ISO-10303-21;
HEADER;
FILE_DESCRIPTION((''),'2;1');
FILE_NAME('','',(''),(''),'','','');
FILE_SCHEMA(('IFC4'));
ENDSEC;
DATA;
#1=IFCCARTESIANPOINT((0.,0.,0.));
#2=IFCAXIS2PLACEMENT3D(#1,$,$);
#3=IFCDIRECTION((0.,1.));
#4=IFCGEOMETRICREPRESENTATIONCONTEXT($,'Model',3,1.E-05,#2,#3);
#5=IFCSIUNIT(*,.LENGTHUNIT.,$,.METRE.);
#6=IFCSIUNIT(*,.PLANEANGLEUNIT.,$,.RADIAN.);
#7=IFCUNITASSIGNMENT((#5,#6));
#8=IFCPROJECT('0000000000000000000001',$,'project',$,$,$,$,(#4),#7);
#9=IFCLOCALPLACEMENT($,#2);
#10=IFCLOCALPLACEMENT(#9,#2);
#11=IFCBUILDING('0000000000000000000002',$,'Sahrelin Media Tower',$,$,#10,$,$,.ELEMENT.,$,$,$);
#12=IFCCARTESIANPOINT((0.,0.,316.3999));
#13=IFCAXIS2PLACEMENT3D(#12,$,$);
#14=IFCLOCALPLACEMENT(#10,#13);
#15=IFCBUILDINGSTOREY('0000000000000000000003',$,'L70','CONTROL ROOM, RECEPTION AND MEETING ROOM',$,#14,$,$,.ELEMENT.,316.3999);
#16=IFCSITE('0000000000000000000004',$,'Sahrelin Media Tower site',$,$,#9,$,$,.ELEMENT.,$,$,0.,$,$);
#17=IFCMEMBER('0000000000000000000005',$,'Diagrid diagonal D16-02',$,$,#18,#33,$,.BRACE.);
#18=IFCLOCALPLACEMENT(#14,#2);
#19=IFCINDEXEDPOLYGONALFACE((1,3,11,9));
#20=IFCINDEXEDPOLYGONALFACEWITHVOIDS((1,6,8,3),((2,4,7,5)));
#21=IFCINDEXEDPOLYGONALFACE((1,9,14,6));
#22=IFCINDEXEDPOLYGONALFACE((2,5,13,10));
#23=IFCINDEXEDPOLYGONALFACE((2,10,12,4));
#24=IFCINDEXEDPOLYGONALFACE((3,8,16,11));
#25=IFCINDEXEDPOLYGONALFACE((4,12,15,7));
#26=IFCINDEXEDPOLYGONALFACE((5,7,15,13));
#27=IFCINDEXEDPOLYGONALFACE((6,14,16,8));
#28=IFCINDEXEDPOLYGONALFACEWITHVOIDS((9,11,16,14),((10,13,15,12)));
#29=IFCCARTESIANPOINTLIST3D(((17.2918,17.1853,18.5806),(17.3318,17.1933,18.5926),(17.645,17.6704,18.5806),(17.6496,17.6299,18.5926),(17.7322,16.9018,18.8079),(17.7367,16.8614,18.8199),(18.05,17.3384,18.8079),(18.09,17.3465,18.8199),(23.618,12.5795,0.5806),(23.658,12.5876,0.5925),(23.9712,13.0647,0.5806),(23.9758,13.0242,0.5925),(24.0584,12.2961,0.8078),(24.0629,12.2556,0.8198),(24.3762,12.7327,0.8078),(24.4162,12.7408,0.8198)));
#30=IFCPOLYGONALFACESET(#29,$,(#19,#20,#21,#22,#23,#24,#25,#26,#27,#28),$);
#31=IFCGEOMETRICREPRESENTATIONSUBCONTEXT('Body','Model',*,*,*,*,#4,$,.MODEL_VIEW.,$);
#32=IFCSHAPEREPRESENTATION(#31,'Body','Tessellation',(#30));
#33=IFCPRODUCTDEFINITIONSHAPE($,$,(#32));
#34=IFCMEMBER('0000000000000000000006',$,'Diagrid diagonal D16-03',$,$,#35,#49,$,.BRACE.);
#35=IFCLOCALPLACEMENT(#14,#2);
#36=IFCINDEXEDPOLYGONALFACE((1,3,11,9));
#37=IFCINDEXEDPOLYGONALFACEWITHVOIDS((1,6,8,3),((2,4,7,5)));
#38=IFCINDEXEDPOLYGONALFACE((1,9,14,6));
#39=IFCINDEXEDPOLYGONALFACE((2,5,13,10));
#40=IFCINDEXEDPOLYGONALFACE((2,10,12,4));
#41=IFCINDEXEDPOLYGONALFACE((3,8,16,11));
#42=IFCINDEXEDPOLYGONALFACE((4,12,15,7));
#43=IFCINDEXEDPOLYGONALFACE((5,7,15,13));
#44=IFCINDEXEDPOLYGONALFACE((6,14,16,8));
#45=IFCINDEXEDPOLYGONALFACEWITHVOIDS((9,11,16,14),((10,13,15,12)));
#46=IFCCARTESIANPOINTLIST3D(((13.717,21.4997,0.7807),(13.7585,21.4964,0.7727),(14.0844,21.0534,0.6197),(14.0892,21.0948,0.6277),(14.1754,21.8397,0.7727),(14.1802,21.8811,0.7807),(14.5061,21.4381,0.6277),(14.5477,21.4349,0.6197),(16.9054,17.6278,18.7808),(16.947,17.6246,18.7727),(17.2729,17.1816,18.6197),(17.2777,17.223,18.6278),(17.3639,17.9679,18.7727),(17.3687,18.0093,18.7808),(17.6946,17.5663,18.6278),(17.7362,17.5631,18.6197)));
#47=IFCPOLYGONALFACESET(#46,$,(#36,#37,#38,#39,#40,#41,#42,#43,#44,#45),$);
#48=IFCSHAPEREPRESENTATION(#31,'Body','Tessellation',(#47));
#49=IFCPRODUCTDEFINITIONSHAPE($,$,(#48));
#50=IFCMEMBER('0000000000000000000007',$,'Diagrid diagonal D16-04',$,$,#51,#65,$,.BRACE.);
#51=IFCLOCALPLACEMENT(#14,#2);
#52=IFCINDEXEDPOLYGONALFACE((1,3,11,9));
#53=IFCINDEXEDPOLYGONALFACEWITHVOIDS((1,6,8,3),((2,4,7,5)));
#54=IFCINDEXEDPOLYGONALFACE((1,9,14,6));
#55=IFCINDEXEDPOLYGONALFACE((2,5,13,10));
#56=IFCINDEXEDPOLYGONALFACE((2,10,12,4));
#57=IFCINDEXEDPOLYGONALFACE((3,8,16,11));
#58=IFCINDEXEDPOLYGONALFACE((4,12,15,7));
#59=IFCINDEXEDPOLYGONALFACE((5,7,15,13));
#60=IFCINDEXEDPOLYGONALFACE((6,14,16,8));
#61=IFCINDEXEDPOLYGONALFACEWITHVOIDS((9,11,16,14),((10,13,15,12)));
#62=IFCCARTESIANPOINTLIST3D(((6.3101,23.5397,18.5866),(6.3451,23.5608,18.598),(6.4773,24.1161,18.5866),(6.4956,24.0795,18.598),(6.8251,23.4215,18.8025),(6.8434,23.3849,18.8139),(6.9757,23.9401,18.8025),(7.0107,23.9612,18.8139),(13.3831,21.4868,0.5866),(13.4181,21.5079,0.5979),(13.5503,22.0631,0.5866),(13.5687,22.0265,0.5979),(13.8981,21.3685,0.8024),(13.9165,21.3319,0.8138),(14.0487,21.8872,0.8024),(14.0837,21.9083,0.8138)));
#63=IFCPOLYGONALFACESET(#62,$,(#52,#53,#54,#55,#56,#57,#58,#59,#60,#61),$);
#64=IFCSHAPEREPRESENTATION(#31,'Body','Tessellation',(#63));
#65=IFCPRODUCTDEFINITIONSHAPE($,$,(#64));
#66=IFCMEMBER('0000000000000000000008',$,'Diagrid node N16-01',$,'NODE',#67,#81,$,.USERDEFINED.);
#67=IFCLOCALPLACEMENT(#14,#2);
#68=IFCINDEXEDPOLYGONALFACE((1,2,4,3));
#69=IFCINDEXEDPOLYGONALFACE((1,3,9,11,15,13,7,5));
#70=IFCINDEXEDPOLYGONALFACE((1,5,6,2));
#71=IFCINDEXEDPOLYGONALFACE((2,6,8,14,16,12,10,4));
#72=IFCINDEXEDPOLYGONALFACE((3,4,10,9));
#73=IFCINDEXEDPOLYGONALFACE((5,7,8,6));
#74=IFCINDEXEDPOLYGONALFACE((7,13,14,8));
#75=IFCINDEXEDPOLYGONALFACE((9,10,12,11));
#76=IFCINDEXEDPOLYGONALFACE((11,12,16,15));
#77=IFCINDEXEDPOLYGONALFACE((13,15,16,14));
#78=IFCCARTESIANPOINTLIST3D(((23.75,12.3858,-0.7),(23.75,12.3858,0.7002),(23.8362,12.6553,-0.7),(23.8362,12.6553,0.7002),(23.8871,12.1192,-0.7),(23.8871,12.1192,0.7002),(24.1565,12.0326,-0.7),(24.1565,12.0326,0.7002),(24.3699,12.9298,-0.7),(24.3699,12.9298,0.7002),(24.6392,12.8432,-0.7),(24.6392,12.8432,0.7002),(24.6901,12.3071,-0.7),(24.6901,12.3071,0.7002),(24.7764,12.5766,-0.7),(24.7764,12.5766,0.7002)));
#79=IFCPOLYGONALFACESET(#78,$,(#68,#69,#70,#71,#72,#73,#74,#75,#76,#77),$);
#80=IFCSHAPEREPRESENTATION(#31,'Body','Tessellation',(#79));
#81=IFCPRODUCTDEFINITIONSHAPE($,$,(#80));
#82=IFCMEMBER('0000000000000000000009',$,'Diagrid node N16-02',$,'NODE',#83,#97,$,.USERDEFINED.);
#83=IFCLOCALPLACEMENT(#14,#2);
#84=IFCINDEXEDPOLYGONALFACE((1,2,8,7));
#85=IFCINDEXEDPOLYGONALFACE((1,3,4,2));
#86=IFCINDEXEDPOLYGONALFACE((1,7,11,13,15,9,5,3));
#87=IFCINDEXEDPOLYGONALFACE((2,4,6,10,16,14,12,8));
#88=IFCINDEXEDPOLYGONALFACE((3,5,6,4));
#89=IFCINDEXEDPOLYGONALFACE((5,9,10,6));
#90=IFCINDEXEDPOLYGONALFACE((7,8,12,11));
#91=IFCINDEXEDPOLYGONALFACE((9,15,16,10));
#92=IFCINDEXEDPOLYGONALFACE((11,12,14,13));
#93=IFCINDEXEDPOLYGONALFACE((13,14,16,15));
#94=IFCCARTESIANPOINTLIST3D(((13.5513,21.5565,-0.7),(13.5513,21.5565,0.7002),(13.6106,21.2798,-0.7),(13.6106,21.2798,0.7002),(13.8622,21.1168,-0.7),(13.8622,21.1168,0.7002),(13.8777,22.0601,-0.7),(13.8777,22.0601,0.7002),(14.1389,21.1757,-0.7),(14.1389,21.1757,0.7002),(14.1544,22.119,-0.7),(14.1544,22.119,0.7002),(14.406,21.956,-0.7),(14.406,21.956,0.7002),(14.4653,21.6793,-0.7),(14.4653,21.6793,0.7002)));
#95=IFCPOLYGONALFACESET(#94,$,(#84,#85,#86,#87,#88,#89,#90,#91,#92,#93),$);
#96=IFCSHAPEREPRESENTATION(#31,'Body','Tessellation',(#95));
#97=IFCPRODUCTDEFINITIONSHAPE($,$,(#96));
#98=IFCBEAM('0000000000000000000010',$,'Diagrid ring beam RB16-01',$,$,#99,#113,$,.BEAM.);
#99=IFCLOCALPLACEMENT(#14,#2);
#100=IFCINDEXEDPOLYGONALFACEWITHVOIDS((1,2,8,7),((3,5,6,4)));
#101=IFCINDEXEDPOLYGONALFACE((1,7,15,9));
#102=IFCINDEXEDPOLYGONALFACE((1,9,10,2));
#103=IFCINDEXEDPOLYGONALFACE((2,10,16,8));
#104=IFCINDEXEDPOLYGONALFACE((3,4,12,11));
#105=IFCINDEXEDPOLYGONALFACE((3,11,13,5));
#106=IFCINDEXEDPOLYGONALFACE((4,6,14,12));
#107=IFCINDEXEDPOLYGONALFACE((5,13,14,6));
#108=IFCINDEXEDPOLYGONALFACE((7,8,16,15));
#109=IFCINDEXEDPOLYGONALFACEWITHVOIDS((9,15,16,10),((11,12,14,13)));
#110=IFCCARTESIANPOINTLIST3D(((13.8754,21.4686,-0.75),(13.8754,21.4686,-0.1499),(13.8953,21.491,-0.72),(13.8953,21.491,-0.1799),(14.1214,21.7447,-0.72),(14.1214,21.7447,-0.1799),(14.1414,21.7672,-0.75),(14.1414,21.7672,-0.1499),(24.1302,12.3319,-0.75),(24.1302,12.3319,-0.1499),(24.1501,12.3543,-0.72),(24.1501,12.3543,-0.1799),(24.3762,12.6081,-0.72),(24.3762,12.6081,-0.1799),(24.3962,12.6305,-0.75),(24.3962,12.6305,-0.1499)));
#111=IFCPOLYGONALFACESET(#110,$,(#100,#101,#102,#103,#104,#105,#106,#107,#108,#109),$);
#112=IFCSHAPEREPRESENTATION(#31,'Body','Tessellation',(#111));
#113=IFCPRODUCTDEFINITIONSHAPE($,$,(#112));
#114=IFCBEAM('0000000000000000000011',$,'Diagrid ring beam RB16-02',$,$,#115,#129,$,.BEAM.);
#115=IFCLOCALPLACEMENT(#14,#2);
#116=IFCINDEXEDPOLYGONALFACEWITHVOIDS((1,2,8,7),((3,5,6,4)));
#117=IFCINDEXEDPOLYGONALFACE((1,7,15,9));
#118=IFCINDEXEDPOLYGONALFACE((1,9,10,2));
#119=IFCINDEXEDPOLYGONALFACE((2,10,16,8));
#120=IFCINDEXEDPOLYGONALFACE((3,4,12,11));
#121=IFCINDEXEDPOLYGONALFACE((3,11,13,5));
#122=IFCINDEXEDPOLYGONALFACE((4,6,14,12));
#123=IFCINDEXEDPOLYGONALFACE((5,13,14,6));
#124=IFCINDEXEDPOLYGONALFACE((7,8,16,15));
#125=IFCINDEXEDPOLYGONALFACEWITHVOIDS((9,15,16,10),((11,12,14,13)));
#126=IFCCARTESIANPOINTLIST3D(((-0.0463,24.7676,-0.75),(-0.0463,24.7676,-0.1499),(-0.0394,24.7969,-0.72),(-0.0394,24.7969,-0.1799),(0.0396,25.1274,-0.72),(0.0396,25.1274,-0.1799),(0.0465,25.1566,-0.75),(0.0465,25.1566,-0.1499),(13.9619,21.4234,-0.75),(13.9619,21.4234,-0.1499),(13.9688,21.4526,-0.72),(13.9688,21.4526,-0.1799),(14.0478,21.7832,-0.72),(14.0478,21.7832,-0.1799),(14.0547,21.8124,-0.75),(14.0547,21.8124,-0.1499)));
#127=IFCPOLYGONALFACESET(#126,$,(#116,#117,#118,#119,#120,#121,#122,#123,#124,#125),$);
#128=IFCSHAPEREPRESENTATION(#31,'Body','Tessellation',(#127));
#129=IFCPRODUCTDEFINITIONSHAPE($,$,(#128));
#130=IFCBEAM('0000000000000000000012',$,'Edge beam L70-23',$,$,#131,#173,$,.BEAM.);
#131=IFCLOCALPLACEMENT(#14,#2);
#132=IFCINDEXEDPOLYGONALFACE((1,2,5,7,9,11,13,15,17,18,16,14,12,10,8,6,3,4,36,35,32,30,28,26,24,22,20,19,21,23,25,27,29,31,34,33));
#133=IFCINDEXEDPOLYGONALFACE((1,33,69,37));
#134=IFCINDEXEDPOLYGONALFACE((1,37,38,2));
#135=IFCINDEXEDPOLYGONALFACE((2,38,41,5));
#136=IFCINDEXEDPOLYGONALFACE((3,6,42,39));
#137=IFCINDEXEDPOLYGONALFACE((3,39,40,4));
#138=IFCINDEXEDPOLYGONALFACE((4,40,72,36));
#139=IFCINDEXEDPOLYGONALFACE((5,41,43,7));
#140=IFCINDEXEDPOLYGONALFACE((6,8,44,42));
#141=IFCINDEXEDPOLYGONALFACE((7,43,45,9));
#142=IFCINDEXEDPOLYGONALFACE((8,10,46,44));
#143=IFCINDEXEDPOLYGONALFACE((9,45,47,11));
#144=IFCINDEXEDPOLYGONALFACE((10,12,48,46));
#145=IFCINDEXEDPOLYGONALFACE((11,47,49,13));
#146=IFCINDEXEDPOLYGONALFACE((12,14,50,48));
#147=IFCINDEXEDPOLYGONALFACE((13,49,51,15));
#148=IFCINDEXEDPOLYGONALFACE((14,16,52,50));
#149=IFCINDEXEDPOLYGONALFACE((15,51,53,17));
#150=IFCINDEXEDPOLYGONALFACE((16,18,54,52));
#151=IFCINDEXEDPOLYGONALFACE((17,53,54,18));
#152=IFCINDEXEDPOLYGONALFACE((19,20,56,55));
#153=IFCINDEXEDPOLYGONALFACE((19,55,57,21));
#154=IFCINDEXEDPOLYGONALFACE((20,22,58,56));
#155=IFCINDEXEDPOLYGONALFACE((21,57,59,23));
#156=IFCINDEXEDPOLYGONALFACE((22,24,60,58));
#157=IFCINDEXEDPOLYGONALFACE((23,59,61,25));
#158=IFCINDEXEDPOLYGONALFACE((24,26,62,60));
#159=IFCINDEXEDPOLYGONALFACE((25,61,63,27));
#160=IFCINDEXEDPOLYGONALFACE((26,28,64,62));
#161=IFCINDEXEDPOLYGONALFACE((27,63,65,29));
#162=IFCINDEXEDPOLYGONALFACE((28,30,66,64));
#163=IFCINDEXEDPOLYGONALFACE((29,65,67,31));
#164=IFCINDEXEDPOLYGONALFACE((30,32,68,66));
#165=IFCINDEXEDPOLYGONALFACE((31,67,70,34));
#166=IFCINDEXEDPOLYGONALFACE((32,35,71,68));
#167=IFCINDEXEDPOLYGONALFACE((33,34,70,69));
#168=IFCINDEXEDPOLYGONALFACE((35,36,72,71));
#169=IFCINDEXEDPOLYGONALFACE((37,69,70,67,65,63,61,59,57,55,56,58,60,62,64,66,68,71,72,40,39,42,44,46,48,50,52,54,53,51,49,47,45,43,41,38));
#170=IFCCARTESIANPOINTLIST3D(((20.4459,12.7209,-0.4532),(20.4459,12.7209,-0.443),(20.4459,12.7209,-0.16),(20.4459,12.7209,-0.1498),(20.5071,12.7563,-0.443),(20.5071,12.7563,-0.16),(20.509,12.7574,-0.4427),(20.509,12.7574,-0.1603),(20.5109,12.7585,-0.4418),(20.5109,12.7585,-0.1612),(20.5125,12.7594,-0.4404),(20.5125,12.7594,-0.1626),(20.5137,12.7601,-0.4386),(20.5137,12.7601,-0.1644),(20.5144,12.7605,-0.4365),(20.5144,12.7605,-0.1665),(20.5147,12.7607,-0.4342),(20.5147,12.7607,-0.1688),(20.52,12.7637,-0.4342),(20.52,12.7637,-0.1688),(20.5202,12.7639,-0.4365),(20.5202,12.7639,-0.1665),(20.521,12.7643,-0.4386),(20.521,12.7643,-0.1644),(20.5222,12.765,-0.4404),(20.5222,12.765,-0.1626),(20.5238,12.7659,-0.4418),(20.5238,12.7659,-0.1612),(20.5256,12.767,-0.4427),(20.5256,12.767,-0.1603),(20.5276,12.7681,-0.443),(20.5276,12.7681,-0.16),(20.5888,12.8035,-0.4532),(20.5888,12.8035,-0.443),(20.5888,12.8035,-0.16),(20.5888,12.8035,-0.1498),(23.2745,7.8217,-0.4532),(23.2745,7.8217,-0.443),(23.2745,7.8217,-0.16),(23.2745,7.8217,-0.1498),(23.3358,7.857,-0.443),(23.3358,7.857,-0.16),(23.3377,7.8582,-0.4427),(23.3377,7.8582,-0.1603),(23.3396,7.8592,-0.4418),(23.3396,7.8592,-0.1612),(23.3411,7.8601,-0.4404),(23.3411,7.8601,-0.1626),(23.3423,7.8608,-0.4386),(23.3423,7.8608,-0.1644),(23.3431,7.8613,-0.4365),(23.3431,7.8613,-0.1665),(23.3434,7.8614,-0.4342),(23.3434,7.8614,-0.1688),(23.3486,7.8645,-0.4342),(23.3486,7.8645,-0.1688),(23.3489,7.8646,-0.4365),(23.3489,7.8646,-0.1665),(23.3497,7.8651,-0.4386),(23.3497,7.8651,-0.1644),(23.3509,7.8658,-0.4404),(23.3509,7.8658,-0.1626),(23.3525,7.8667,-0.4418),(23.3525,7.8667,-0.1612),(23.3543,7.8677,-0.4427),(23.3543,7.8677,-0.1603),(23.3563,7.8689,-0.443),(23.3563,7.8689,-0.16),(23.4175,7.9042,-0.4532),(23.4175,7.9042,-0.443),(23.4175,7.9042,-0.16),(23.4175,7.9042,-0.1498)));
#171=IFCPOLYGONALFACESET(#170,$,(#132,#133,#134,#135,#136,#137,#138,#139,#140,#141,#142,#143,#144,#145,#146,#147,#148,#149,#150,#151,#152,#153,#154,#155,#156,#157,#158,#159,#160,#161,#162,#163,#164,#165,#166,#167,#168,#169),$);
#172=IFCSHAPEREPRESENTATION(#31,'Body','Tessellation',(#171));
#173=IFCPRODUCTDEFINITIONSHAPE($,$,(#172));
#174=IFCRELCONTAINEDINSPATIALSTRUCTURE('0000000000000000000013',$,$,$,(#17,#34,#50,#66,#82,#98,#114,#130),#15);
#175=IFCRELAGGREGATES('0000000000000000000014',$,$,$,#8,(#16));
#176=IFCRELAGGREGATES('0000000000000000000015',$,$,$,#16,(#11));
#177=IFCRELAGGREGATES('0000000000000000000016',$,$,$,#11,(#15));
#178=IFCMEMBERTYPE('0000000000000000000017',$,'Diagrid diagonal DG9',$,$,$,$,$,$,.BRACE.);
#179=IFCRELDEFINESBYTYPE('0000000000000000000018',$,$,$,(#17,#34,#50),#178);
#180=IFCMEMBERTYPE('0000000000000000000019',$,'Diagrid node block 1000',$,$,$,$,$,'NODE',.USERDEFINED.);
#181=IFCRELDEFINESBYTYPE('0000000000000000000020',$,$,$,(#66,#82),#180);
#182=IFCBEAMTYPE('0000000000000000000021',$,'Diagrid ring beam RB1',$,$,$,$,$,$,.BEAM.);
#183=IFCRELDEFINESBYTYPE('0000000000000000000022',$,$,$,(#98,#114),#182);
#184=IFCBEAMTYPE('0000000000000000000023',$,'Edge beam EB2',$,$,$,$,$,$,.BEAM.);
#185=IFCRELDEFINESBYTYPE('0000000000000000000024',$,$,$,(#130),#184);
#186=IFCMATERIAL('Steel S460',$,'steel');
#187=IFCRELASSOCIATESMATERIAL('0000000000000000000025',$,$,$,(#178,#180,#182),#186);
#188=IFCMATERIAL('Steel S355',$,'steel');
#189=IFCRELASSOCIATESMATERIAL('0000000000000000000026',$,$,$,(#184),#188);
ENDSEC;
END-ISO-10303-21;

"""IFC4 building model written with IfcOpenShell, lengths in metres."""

from ifc_helpers import new_model, si_unit, direction, frame, origin, origin_2d, place, context, subcontext, project, spatial, polyline, hollow_rectangle, i_section, outline, extrude, material, material_profile, profile_set, type_object, element, save


model = new_model("IFC4")

# Units and contexts
model_context = context("Model", 3, precision=1e-05, world=origin(), true_north=direction((0.0, 1.0)))
body_context = subcontext(model_context, "Body", "Model", "MODEL_VIEW")
ifc_project = project(units=[si_unit("LENGTHUNIT", "METRE"), si_unit("PLANEANGLEUNIT", "RADIAN")], contexts=[model_context])

# Site, building, storey
site_placement = place(None, origin())
site = spatial("IfcSite", under=ifc_project, at=site_placement, Name="Sahrelin Media Tower site", CompositionType="ELEMENT", RefElevation=0.0)
building_placement = place(site_placement, origin())
building = spatial("IfcBuilding", under=site, at=building_placement, Name="Sahrelin Media Tower", CompositionType="ELEMENT")
storey_placement = place(building_placement, frame((0.0, 0.0, 316.3999)))
storey = spatial("IfcBuildingStorey", under=building, at=storey_placement, Name="L70", Description="CONTROL ROOM, RECEPTION AND MEETING ROOM", CompositionType="ELEMENT", Elevation=316.3999)

# Members
ifc_material_1 = material(Name="Steel S460", Category="steel")
ifc_material_profile_1 = material_profile(ifc_material_1, hollow_rectangle(XDim=0.6001, YDim=0.6001, WallThickness=0.03, at=origin_2d()), Name="Diagrid diagonal DG9")
ifc_profile_set_1 = profile_set([ifc_material_profile_1], Name="Steel S460")
member_type_1 = type_object("IfcMemberType", Name="Diagrid diagonal DG9", PredefinedType="BRACE", material=ifc_profile_set_1)
member_1_placement = place(storey_placement, frame((24.0171, 12.6602, 0.7002), z_axis=(-0.322314, 0.234658, 0.917087), x_axis=(-0.588578, -0.808441, 0.0)))
element("IfcMember", 1, at=member_1_placement, inside=storey, type_object=member_type_1, Name="Diagrid diagonal D16-02", PredefinedType="BRACE", context=body_context, shape_type="SweptSolid", body=[
    extrude(hollow_rectangle(XDim=0.6001, YDim=0.6001, WallThickness=0.03, at=origin_2d()), origin(), (0.0, 0.0, 1.0), 19.6274),
])
member_2_placement = place(storey_placement, frame((14.1323, 21.4673, 0.7002), z_axis=(0.170637, -0.207207, 0.963301), x_axis=(0.771939, 0.635697, 0.0)))
element("IfcMember", 2, at=member_2_placement, inside=storey, type_object=member_type_1, Name="Diagrid diagonal D16-03", PredefinedType="BRACE", context=body_context, shape_type="SweptSolid", body=[
    extrude(hollow_rectangle(XDim=0.6001, YDim=0.6001, WallThickness=0.03, at=origin_2d()), origin(), (0.0, 0.0, 1.0), 18.6858),
])
member_3_placement = place(storey_placement, frame((13.7334, 21.6975, 0.7002), z_axis=(-0.363679, 0.10556, 0.925524), x_axis=(-0.278751, -0.960363, 0.0)))
element("IfcMember", 3, at=member_3_placement, inside=storey, type_object=member_type_1, Name="Diagrid diagonal D16-04", PredefinedType="BRACE", context=body_context, shape_type="SweptSolid", body=[
    extrude(hollow_rectangle(XDim=0.6001, YDim=0.6001, WallThickness=0.03, at=origin_2d()), origin(), (0.0, 0.0, 1.0), 19.4485),
])
ifc_material_profile_2 = material_profile(ifc_material_1, outline(polyline([(0.3, -0.3501), (0.5, -0.1499), (0.5, 0.1499), (0.3, 0.3501), (-0.3, 0.3501), (-0.5, 0.1499), (-0.5, -0.1499), (-0.3, -0.3501), (0.3, -0.3501)])), Name="Diagrid node block 1000")
ifc_profile_set_2 = profile_set([ifc_material_profile_2], Name="Steel S460")
member_type_2 = type_object("IfcMemberType", Name="Diagrid node block 1000", ElementType="NODE", PredefinedType="USERDEFINED", material=ifc_profile_set_2)
for number, where, z_axis, x_axis, name in (
    (4, (24.2632, 12.4812, -0.7), (0.0, 0.0, 1.0), (0.889245, 0.457432, 0.0), "Diagrid node N16-01"),
    (5, (14.0083, 21.6179, -0.7), (0.0, 0.0, 1.0), (0.54381, 0.839208, 0.0), "Diagrid node N16-02"),
):
    element("IfcMember", number, at=place(storey_placement, frame(where, z_axis=z_axis, x_axis=x_axis)), inside=storey, type_object=member_type_2, Name=name, ObjectType="NODE", PredefinedType="USERDEFINED", context=body_context, shape_type="SweptSolid", body=[
        extrude(outline(polyline([(0.3, -0.3501), (0.5, -0.1499), (0.5, 0.1499), (0.3, 0.3501), (-0.3, 0.3501), (-0.5, 0.1499), (-0.5, -0.1499), (-0.3, -0.3501), (0.3, -0.3501)])), origin(), (0.0, 0.0, 1.0), 1.4001),
    ])

# Beams
ifc_material_profile_3 = material_profile(ifc_material_1, hollow_rectangle(XDim=0.3999, YDim=0.6001, WallThickness=0.03, at=origin_2d()), Name="Diagrid ring beam RB1")
ifc_profile_set_3 = profile_set([ifc_material_profile_3], Name="Steel S460")
beam_type_1 = type_object("IfcBeamType", Name="Diagrid ring beam RB1", PredefinedType="BEAM", material=ifc_profile_set_3)
beam_1_placement = place(storey_placement, frame((24.2632, 12.4812, -0.45), z_axis=(-0.74664, 0.665228, 0.0), x_axis=(-0.665228, -0.74664, 0.0)))
element("IfcBeam", 6, at=beam_1_placement, inside=storey, type_object=beam_type_1, Name="Diagrid ring beam RB16-01", PredefinedType="BEAM", context=body_context, shape_type="SweptSolid", body=[
    extrude(hollow_rectangle(XDim=0.3999, YDim=0.6001, WallThickness=0.03, at=origin_2d()), origin(), (0.0, 0.0, 1.0), 13.7346),
])
beam_2_placement = place(storey_placement, frame((14.0083, 21.6179, -0.45), z_axis=(-0.972666, 0.232207, 0.0), x_axis=(-0.232207, -0.972666, 0.0)))
element("IfcBeam", 7, at=beam_2_placement, inside=storey, type_object=beam_type_1, Name="Diagrid ring beam RB16-02", PredefinedType="BEAM", context=body_context, shape_type="SweptSolid", body=[
    extrude(hollow_rectangle(XDim=0.3999, YDim=0.6001, WallThickness=0.03, at=origin_2d()), origin(), (0.0, 0.0, 1.0), 14.4019),
])
ifc_material_2 = material(Name="Steel S355", Category="steel")
ifc_material_profile_4 = material_profile(ifc_material_2, i_section(OverallWidth=0.165, OverallDepth=0.3035, WebThickness=0.0061, FlangeThickness=0.0103, FilletRadius=0.0088, at=origin_2d()), Name="UB 305x165x40")
ifc_profile_set_4 = profile_set([ifc_material_profile_4], Name="Steel S355")
beam_type_2 = type_object("IfcBeamType", Name="Edge beam EB2", PredefinedType="BEAM", material=ifc_profile_set_4)
beam_3_placement = place(storey_placement, frame((20.5173, 12.7622, -0.3015), z_axis=(0.50001, -0.86602, 0.0), x_axis=(0.86602, 0.50001, 0.0)))
element("IfcBeam", 8, at=beam_3_placement, inside=storey, type_object=beam_type_2, Name="Edge beam L70-23", PredefinedType="BEAM", context=body_context, shape_type="SweptSolid", body=[
    extrude(i_section(OverallWidth=0.165, OverallDepth=0.3035, WebThickness=0.0061, FlangeThickness=0.0103, FilletRadius=0.0088, at=origin_2d()), origin(), (0.0, 0.0, 1.0), 5.6572),
])

save(model, "model.ifc")
